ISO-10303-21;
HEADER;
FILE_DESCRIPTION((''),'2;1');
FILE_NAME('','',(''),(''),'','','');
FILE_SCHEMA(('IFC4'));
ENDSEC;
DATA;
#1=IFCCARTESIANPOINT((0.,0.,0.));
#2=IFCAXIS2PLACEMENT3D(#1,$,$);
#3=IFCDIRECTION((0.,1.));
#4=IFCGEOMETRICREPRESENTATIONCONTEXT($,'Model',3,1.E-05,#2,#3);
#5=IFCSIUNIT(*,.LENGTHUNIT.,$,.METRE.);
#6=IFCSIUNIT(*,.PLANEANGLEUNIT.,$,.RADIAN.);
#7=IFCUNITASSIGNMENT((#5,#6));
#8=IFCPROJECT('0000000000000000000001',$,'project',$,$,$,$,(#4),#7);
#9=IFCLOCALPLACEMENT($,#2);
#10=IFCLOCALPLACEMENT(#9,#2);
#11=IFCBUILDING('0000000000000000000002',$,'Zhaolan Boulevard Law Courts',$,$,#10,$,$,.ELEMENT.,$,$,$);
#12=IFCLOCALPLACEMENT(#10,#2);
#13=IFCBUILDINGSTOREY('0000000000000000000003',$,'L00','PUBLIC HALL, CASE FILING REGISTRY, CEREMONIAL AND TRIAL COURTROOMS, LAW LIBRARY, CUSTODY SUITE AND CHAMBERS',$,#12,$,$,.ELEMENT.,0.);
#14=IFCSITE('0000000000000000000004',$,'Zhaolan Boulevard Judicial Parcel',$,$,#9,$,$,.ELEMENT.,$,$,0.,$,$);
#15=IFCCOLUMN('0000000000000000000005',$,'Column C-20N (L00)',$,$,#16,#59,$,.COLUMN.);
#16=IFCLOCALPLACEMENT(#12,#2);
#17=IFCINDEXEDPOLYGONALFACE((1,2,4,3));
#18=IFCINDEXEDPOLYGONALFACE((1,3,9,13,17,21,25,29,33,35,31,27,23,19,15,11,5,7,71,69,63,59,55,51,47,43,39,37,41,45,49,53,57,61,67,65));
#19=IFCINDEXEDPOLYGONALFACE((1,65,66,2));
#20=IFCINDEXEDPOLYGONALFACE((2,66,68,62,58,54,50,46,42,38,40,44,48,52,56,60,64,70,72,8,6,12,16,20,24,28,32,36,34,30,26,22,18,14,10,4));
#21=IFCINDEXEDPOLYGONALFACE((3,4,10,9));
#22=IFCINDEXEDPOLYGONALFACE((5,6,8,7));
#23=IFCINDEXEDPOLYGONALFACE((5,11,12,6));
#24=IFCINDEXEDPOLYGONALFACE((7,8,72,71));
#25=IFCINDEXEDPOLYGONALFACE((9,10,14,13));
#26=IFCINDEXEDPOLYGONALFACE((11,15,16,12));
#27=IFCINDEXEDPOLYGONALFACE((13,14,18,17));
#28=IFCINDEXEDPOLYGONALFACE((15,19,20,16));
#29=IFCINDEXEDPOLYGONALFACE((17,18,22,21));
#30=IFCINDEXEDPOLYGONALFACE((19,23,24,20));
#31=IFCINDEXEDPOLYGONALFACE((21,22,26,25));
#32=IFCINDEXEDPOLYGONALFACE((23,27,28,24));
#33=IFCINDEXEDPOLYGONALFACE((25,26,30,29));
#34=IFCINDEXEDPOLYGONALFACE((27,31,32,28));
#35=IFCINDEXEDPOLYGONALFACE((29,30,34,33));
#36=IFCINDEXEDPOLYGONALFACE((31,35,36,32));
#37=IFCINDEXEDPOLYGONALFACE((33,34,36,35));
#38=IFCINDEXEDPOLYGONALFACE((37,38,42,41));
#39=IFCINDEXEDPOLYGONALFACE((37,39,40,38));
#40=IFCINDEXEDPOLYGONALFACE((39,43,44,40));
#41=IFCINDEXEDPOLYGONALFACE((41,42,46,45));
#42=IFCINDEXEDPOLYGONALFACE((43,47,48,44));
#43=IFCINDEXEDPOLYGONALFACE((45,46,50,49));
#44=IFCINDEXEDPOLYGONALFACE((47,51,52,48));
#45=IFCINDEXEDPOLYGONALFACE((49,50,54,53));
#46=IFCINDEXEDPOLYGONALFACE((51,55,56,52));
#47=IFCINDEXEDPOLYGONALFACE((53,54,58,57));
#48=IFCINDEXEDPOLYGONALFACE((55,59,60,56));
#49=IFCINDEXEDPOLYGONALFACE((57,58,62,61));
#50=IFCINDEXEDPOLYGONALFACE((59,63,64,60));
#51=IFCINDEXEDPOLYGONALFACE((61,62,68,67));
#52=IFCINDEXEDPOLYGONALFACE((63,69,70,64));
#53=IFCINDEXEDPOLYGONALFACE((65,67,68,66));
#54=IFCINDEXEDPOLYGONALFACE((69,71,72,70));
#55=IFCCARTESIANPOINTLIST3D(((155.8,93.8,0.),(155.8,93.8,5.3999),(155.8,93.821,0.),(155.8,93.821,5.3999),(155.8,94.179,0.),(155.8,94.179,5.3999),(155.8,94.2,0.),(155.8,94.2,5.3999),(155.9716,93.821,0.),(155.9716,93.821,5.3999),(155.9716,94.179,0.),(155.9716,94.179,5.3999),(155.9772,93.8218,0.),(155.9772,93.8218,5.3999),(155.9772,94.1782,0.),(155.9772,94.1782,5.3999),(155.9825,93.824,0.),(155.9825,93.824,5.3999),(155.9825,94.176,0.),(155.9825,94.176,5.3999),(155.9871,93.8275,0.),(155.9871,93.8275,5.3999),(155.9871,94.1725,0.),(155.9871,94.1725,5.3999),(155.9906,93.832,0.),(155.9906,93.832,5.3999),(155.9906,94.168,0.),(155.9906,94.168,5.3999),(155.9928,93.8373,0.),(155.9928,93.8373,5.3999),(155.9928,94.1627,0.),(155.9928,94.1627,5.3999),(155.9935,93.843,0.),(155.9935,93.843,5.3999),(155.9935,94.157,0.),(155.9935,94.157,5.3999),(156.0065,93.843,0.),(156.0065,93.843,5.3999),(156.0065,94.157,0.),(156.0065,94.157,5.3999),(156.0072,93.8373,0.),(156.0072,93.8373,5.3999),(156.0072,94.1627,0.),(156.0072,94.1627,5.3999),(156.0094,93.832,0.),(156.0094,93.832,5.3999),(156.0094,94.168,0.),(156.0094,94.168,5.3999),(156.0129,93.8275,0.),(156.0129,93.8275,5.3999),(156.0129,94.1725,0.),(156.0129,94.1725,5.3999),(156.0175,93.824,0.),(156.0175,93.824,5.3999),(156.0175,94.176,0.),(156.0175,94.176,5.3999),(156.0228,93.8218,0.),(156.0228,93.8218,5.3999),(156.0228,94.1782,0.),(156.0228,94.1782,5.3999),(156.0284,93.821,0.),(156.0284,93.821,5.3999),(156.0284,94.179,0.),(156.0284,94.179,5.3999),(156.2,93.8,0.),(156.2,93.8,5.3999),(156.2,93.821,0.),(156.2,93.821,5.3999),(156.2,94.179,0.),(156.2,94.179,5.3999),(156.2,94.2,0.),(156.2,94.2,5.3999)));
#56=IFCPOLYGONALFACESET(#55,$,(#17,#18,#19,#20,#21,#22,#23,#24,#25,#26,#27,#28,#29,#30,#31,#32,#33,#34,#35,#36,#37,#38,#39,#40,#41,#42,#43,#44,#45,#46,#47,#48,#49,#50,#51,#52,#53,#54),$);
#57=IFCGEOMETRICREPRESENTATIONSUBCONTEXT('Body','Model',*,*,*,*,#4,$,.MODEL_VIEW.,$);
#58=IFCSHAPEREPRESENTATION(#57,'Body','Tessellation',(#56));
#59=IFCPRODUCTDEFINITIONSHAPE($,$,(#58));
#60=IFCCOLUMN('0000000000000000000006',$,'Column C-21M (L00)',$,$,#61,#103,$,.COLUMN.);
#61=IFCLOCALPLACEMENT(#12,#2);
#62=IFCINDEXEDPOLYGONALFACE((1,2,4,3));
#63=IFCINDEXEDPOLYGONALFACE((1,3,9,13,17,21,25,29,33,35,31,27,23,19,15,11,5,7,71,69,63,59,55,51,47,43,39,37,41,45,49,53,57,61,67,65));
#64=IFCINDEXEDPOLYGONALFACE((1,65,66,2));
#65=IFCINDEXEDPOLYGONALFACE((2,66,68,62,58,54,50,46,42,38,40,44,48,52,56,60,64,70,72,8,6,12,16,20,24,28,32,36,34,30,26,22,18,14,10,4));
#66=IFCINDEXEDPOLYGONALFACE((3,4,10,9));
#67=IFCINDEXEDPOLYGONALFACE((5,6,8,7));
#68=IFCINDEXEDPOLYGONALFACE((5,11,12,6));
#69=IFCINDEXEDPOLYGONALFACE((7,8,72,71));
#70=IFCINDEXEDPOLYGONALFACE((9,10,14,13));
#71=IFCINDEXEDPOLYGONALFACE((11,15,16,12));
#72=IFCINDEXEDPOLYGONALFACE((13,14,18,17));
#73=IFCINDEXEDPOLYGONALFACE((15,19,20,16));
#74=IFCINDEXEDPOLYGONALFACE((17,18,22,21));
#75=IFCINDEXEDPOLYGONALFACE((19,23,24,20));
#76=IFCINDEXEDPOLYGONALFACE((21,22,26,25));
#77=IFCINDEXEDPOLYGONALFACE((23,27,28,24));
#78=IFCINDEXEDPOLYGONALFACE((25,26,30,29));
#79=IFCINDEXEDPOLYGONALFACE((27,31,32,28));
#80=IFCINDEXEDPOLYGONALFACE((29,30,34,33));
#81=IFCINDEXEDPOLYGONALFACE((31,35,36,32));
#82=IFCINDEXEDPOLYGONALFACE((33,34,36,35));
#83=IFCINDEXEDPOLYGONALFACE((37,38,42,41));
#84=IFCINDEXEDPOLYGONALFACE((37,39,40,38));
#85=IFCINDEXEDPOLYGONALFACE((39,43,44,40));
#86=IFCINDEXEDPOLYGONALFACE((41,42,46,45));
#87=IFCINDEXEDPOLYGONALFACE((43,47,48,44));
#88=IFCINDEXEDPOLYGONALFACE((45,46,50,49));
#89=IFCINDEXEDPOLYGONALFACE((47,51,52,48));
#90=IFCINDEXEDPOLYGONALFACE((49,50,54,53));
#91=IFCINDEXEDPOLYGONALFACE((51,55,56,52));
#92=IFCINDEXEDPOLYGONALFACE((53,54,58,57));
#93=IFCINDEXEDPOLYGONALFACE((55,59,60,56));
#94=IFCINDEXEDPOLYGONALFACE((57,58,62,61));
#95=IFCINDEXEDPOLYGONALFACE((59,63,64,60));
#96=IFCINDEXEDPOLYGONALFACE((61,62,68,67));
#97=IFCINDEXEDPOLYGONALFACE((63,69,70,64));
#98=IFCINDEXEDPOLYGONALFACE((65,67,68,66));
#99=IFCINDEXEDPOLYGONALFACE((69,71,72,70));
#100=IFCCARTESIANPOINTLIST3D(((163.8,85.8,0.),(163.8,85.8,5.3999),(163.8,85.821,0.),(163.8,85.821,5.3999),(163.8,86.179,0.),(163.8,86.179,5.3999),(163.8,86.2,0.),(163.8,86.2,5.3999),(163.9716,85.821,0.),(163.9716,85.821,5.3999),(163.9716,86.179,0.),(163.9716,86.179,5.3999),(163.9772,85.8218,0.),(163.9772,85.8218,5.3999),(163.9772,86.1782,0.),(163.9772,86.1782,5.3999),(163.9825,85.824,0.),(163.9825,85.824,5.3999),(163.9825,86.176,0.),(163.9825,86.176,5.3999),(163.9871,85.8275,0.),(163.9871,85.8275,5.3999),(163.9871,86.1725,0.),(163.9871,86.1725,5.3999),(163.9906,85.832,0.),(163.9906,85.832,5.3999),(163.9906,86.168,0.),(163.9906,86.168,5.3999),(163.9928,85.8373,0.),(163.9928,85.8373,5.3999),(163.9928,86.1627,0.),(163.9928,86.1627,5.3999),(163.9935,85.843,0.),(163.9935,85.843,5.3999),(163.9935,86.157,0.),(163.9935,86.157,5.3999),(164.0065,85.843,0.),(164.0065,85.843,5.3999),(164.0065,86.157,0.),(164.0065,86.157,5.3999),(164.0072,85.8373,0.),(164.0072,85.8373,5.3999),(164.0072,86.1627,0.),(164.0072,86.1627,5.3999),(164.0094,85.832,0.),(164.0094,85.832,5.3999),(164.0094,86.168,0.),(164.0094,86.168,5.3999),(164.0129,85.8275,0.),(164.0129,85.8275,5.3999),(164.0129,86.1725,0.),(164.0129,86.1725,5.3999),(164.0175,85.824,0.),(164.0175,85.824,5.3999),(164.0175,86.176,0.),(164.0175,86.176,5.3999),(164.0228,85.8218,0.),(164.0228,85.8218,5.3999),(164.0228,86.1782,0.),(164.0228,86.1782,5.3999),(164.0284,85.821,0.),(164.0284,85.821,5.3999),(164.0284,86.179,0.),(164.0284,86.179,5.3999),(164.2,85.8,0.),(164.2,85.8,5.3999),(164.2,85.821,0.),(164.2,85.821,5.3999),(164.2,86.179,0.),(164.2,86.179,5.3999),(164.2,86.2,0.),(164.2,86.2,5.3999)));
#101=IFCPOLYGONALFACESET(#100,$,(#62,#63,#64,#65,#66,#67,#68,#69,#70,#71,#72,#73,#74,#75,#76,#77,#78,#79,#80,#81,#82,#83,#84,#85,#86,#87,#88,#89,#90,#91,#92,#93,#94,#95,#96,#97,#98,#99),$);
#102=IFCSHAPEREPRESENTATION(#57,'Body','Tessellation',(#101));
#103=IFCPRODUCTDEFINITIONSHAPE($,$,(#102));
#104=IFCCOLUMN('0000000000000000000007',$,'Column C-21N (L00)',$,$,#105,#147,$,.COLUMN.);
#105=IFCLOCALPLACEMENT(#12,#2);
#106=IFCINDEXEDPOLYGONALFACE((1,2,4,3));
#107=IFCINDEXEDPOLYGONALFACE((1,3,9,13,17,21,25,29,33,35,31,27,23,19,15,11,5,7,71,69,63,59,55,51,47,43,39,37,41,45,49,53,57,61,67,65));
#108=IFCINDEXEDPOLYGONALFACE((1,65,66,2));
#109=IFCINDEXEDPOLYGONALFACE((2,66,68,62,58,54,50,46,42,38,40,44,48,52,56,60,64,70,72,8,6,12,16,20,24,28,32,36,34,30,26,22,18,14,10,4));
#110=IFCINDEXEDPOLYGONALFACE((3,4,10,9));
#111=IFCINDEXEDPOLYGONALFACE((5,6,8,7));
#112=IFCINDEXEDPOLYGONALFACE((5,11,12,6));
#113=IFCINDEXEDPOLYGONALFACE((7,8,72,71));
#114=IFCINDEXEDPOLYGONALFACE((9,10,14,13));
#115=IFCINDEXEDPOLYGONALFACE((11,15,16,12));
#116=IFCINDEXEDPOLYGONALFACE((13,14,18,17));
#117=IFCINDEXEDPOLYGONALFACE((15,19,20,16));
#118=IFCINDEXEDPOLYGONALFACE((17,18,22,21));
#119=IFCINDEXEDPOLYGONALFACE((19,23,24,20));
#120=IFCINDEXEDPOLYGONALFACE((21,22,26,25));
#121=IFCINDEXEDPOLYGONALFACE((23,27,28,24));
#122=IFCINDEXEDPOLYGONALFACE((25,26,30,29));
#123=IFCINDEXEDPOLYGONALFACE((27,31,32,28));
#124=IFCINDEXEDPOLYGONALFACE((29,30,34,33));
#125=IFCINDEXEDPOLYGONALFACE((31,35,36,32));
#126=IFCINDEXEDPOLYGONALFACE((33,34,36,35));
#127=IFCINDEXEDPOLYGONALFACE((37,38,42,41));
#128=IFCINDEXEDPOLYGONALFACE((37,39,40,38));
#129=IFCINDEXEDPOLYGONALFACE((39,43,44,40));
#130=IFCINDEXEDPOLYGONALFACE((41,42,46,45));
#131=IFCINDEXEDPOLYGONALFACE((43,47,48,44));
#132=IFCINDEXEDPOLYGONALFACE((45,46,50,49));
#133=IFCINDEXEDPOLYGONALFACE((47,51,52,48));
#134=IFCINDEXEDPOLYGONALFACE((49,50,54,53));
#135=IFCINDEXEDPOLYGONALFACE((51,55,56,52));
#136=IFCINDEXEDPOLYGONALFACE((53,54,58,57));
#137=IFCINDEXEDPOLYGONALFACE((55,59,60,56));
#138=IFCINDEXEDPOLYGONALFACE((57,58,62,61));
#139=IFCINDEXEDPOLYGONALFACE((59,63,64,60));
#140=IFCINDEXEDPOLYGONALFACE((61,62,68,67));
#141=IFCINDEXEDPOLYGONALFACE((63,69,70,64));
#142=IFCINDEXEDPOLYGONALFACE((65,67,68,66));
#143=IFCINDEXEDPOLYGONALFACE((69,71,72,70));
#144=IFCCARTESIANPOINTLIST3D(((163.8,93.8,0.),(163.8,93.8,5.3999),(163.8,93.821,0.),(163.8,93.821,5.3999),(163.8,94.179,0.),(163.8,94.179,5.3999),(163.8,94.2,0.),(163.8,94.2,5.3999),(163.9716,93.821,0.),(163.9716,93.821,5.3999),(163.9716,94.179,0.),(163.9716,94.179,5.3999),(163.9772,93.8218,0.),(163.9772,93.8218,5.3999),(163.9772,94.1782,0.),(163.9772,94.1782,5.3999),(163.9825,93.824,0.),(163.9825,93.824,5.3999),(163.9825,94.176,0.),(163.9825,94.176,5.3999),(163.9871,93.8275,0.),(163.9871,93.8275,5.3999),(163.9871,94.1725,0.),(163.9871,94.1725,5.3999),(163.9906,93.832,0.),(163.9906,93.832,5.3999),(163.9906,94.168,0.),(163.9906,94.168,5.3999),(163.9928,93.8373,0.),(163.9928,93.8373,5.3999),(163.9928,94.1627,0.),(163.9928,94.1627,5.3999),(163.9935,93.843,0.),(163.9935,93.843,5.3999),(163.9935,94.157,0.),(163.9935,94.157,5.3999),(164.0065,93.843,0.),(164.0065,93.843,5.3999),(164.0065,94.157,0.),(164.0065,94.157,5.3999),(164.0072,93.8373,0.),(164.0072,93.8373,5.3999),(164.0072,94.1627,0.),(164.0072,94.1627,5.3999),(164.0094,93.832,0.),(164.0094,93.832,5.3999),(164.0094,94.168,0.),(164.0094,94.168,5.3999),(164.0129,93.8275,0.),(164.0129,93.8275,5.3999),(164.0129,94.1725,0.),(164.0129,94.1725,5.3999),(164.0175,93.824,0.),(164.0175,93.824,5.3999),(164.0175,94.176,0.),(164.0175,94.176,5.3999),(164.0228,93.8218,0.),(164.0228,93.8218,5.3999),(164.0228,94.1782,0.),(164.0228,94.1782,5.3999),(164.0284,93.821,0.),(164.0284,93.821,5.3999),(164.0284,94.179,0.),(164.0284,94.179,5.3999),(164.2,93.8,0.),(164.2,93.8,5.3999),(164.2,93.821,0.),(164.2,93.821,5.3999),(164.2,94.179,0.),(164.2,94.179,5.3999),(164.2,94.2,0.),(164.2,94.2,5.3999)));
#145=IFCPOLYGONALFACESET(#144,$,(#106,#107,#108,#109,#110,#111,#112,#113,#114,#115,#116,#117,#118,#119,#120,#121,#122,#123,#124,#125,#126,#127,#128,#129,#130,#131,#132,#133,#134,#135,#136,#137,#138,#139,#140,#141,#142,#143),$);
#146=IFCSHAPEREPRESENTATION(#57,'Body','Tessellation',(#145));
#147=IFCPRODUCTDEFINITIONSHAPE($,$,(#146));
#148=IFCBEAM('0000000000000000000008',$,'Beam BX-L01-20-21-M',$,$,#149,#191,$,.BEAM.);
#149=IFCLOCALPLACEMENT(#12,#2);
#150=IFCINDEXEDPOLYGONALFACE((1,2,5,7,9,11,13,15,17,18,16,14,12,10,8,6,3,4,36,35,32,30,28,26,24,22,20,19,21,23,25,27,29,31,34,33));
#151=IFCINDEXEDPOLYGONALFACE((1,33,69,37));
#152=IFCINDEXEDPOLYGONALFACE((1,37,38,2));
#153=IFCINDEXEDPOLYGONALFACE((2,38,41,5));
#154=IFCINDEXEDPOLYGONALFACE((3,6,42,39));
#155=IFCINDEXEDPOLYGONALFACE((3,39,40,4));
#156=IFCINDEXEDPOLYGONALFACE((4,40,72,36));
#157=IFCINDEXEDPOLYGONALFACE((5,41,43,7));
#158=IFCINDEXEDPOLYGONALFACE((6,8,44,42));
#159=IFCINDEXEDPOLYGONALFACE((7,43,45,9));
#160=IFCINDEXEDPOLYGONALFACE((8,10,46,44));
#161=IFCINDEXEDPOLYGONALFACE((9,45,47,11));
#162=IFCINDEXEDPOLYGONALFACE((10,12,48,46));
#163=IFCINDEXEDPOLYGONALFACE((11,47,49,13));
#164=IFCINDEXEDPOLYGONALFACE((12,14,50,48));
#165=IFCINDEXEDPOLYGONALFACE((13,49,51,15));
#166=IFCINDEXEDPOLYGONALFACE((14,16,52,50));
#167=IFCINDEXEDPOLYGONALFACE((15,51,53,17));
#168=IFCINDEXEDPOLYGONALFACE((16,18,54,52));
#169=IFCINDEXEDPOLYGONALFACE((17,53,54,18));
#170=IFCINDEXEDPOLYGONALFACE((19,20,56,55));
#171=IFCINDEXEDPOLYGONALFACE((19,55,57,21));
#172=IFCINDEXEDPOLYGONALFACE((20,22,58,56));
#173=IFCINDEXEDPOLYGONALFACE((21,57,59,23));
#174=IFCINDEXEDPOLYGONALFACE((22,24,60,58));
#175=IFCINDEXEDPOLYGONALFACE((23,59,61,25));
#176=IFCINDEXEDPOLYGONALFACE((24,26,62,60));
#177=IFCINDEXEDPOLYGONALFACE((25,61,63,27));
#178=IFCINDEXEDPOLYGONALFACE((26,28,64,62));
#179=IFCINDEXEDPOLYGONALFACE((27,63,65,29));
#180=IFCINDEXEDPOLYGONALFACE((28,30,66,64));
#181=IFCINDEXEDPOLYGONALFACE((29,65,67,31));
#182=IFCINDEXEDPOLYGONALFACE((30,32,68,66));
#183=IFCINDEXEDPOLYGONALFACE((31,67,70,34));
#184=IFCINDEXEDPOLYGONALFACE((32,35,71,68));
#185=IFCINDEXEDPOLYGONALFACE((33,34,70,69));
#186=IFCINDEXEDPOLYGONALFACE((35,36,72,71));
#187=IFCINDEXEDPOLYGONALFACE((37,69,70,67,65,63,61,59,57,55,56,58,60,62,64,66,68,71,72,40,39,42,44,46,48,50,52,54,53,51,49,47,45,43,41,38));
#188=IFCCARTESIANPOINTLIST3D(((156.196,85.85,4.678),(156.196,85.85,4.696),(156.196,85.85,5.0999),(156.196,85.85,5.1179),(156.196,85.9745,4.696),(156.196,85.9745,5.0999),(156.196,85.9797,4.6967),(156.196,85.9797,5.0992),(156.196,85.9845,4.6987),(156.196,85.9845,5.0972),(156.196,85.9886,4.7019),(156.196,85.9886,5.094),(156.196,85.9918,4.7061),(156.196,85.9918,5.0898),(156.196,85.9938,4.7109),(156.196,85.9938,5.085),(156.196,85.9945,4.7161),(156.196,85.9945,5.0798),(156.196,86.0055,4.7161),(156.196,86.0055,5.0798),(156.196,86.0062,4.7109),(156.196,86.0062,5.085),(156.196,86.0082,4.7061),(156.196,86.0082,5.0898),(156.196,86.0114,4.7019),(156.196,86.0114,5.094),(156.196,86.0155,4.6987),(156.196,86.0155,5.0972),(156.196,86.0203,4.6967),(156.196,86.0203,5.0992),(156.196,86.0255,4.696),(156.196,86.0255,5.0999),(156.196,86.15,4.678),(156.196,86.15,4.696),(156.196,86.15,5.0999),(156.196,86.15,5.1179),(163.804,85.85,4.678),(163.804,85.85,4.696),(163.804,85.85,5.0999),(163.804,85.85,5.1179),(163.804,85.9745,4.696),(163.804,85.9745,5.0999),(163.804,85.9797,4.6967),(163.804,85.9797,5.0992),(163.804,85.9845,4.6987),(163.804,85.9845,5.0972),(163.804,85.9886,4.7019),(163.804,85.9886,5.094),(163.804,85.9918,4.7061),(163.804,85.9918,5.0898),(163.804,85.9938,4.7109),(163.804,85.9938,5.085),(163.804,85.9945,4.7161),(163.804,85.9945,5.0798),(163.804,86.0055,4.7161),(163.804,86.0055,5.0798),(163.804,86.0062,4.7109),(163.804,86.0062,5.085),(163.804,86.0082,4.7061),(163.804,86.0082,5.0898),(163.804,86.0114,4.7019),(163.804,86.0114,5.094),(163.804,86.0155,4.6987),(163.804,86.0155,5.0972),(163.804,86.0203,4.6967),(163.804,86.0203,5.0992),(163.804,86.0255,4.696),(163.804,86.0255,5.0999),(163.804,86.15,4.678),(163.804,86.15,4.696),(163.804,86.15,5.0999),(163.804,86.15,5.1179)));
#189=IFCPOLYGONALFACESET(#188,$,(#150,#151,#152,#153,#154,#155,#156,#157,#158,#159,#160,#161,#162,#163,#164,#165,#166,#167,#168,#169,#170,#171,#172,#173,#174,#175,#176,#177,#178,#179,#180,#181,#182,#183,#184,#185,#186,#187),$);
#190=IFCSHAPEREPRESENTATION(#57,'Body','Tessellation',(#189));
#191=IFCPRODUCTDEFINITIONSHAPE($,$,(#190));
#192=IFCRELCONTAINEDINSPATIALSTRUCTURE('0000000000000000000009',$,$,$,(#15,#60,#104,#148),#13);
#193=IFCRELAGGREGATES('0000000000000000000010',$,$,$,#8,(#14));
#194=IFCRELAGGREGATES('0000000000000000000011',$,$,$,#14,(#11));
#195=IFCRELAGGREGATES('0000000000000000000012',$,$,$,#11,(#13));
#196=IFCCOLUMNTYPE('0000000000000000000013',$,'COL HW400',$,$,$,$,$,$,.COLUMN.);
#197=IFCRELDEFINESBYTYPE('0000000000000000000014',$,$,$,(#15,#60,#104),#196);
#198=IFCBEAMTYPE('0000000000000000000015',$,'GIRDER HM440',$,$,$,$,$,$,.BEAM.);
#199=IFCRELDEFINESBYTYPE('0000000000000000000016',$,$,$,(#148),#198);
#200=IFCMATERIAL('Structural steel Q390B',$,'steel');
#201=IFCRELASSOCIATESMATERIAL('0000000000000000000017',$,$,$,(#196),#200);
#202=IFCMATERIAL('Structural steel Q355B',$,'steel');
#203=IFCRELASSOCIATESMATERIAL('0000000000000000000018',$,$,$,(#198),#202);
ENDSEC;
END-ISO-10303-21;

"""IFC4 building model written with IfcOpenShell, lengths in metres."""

from ifc_helpers import new_model, si_unit, direction, frame, origin, origin_2d, place, context, subcontext, project, spatial, i_section, extrude, material, material_profile, profile_set, type_object, element, save


model = new_model("IFC4")

# Units and contexts
model_context = context("Model", 3, precision=1e-05, world=origin(), true_north=direction((0.0, 1.0)))
body_context = subcontext(model_context, "Body", "Model", "MODEL_VIEW")
ifc_project = project(units=[si_unit("LENGTHUNIT", "METRE"), si_unit("PLANEANGLEUNIT", "RADIAN")], contexts=[model_context])

# Site, building, storey
site_placement = place(None, origin())
site = spatial("IfcSite", under=ifc_project, at=site_placement, Name="Zhaolan Boulevard Judicial Parcel", CompositionType="ELEMENT", RefElevation=0.0)
building_placement = place(site_placement, origin())
building = spatial("IfcBuilding", under=site, at=building_placement, Name="Zhaolan Boulevard Law Courts", CompositionType="ELEMENT")
storey_placement = place(building_placement, origin())
storey = spatial("IfcBuildingStorey", under=building, at=storey_placement, Name="L00", Description="PUBLIC HALL, CASE FILING REGISTRY, CEREMONIAL AND TRIAL COURTROOMS, LAW LIBRARY, CUSTODY SUITE AND CHAMBERS", CompositionType="ELEMENT", Elevation=0.0)

# Columns
ifc_material_1 = material(Name="Structural steel Q390B", Category="steel")
ifc_material_profile_1 = material_profile(ifc_material_1, i_section(OverallWidth=0.3999, OverallDepth=0.3999, WebThickness=0.0129, FlangeThickness=0.021, FilletRadius=0.022, at=origin_2d()), Name="HW400x400")
ifc_profile_set_1 = profile_set([ifc_material_profile_1], Name="Structural steel Q390B")
column_type = type_object("IfcColumnType", Name="COL HW400", PredefinedType="COLUMN", material=ifc_profile_set_1)
for number, where, z_axis, x_axis, name in (
    (1, (156.0, 94.0, 0.0), (0.0, 0.0, 1.0), (1.0, 0.0, 0.0), "Column C-20N (L00)"),
    (2, (164.0, 86.0, 0.0), (0.0, 0.0, 1.0), (1.0, 0.0, 0.0), "Column C-21M (L00)"),
    (3, (164.0, 94.0, 0.0), (0.0, 0.0, 1.0), (1.0, 0.0, 0.0), "Column C-21N (L00)"),
):
    element("IfcColumn", number, at=place(storey_placement, frame(where, z_axis=z_axis, x_axis=x_axis)), inside=storey, type_object=column_type, Name=name, PredefinedType="COLUMN", context=body_context, shape_type="SweptSolid", body=[
        extrude(i_section(OverallWidth=0.3999, OverallDepth=0.3999, WebThickness=0.0129, FlangeThickness=0.021, FilletRadius=0.022, at=origin_2d()), origin(), (0.0, 0.0, 1.0), 5.3999),
    ])

# Beam
ifc_material_2 = material(Name="Structural steel Q355B", Category="steel")
ifc_material_profile_2 = material_profile(ifc_material_2, i_section(OverallWidth=0.3, OverallDepth=0.4399, WebThickness=0.011, FlangeThickness=0.0181, FilletRadius=0.02, at=origin_2d()), Name="HM440x300")
ifc_profile_set_2 = profile_set([ifc_material_profile_2], Name="Structural steel Q355B")
beam_type_1 = type_object("IfcBeamType", Name="GIRDER HM440", PredefinedType="BEAM", material=ifc_profile_set_2)
for number, where, z_axis, x_axis, name in (
    (4, (156.196, 86.0, 4.8979), (1.0, 0.0, 0.0), (0.0, 1.0, 0.0), "Beam BX-L01-20-21-M"),
):
    element("IfcBeam", number, at=place(storey_placement, frame(where, z_axis=z_axis, x_axis=x_axis)), inside=storey, type_object=beam_type_1, Name=name, PredefinedType="BEAM", context=body_context, shape_type="SweptSolid", body=[
        extrude(i_section(OverallWidth=0.3, OverallDepth=0.4399, WebThickness=0.011, FlangeThickness=0.0181, FilletRadius=0.02, at=origin_2d()), origin(), (0.0, 0.0, 1.0), 7.6079),
    ])

save(model, "model.ifc")
